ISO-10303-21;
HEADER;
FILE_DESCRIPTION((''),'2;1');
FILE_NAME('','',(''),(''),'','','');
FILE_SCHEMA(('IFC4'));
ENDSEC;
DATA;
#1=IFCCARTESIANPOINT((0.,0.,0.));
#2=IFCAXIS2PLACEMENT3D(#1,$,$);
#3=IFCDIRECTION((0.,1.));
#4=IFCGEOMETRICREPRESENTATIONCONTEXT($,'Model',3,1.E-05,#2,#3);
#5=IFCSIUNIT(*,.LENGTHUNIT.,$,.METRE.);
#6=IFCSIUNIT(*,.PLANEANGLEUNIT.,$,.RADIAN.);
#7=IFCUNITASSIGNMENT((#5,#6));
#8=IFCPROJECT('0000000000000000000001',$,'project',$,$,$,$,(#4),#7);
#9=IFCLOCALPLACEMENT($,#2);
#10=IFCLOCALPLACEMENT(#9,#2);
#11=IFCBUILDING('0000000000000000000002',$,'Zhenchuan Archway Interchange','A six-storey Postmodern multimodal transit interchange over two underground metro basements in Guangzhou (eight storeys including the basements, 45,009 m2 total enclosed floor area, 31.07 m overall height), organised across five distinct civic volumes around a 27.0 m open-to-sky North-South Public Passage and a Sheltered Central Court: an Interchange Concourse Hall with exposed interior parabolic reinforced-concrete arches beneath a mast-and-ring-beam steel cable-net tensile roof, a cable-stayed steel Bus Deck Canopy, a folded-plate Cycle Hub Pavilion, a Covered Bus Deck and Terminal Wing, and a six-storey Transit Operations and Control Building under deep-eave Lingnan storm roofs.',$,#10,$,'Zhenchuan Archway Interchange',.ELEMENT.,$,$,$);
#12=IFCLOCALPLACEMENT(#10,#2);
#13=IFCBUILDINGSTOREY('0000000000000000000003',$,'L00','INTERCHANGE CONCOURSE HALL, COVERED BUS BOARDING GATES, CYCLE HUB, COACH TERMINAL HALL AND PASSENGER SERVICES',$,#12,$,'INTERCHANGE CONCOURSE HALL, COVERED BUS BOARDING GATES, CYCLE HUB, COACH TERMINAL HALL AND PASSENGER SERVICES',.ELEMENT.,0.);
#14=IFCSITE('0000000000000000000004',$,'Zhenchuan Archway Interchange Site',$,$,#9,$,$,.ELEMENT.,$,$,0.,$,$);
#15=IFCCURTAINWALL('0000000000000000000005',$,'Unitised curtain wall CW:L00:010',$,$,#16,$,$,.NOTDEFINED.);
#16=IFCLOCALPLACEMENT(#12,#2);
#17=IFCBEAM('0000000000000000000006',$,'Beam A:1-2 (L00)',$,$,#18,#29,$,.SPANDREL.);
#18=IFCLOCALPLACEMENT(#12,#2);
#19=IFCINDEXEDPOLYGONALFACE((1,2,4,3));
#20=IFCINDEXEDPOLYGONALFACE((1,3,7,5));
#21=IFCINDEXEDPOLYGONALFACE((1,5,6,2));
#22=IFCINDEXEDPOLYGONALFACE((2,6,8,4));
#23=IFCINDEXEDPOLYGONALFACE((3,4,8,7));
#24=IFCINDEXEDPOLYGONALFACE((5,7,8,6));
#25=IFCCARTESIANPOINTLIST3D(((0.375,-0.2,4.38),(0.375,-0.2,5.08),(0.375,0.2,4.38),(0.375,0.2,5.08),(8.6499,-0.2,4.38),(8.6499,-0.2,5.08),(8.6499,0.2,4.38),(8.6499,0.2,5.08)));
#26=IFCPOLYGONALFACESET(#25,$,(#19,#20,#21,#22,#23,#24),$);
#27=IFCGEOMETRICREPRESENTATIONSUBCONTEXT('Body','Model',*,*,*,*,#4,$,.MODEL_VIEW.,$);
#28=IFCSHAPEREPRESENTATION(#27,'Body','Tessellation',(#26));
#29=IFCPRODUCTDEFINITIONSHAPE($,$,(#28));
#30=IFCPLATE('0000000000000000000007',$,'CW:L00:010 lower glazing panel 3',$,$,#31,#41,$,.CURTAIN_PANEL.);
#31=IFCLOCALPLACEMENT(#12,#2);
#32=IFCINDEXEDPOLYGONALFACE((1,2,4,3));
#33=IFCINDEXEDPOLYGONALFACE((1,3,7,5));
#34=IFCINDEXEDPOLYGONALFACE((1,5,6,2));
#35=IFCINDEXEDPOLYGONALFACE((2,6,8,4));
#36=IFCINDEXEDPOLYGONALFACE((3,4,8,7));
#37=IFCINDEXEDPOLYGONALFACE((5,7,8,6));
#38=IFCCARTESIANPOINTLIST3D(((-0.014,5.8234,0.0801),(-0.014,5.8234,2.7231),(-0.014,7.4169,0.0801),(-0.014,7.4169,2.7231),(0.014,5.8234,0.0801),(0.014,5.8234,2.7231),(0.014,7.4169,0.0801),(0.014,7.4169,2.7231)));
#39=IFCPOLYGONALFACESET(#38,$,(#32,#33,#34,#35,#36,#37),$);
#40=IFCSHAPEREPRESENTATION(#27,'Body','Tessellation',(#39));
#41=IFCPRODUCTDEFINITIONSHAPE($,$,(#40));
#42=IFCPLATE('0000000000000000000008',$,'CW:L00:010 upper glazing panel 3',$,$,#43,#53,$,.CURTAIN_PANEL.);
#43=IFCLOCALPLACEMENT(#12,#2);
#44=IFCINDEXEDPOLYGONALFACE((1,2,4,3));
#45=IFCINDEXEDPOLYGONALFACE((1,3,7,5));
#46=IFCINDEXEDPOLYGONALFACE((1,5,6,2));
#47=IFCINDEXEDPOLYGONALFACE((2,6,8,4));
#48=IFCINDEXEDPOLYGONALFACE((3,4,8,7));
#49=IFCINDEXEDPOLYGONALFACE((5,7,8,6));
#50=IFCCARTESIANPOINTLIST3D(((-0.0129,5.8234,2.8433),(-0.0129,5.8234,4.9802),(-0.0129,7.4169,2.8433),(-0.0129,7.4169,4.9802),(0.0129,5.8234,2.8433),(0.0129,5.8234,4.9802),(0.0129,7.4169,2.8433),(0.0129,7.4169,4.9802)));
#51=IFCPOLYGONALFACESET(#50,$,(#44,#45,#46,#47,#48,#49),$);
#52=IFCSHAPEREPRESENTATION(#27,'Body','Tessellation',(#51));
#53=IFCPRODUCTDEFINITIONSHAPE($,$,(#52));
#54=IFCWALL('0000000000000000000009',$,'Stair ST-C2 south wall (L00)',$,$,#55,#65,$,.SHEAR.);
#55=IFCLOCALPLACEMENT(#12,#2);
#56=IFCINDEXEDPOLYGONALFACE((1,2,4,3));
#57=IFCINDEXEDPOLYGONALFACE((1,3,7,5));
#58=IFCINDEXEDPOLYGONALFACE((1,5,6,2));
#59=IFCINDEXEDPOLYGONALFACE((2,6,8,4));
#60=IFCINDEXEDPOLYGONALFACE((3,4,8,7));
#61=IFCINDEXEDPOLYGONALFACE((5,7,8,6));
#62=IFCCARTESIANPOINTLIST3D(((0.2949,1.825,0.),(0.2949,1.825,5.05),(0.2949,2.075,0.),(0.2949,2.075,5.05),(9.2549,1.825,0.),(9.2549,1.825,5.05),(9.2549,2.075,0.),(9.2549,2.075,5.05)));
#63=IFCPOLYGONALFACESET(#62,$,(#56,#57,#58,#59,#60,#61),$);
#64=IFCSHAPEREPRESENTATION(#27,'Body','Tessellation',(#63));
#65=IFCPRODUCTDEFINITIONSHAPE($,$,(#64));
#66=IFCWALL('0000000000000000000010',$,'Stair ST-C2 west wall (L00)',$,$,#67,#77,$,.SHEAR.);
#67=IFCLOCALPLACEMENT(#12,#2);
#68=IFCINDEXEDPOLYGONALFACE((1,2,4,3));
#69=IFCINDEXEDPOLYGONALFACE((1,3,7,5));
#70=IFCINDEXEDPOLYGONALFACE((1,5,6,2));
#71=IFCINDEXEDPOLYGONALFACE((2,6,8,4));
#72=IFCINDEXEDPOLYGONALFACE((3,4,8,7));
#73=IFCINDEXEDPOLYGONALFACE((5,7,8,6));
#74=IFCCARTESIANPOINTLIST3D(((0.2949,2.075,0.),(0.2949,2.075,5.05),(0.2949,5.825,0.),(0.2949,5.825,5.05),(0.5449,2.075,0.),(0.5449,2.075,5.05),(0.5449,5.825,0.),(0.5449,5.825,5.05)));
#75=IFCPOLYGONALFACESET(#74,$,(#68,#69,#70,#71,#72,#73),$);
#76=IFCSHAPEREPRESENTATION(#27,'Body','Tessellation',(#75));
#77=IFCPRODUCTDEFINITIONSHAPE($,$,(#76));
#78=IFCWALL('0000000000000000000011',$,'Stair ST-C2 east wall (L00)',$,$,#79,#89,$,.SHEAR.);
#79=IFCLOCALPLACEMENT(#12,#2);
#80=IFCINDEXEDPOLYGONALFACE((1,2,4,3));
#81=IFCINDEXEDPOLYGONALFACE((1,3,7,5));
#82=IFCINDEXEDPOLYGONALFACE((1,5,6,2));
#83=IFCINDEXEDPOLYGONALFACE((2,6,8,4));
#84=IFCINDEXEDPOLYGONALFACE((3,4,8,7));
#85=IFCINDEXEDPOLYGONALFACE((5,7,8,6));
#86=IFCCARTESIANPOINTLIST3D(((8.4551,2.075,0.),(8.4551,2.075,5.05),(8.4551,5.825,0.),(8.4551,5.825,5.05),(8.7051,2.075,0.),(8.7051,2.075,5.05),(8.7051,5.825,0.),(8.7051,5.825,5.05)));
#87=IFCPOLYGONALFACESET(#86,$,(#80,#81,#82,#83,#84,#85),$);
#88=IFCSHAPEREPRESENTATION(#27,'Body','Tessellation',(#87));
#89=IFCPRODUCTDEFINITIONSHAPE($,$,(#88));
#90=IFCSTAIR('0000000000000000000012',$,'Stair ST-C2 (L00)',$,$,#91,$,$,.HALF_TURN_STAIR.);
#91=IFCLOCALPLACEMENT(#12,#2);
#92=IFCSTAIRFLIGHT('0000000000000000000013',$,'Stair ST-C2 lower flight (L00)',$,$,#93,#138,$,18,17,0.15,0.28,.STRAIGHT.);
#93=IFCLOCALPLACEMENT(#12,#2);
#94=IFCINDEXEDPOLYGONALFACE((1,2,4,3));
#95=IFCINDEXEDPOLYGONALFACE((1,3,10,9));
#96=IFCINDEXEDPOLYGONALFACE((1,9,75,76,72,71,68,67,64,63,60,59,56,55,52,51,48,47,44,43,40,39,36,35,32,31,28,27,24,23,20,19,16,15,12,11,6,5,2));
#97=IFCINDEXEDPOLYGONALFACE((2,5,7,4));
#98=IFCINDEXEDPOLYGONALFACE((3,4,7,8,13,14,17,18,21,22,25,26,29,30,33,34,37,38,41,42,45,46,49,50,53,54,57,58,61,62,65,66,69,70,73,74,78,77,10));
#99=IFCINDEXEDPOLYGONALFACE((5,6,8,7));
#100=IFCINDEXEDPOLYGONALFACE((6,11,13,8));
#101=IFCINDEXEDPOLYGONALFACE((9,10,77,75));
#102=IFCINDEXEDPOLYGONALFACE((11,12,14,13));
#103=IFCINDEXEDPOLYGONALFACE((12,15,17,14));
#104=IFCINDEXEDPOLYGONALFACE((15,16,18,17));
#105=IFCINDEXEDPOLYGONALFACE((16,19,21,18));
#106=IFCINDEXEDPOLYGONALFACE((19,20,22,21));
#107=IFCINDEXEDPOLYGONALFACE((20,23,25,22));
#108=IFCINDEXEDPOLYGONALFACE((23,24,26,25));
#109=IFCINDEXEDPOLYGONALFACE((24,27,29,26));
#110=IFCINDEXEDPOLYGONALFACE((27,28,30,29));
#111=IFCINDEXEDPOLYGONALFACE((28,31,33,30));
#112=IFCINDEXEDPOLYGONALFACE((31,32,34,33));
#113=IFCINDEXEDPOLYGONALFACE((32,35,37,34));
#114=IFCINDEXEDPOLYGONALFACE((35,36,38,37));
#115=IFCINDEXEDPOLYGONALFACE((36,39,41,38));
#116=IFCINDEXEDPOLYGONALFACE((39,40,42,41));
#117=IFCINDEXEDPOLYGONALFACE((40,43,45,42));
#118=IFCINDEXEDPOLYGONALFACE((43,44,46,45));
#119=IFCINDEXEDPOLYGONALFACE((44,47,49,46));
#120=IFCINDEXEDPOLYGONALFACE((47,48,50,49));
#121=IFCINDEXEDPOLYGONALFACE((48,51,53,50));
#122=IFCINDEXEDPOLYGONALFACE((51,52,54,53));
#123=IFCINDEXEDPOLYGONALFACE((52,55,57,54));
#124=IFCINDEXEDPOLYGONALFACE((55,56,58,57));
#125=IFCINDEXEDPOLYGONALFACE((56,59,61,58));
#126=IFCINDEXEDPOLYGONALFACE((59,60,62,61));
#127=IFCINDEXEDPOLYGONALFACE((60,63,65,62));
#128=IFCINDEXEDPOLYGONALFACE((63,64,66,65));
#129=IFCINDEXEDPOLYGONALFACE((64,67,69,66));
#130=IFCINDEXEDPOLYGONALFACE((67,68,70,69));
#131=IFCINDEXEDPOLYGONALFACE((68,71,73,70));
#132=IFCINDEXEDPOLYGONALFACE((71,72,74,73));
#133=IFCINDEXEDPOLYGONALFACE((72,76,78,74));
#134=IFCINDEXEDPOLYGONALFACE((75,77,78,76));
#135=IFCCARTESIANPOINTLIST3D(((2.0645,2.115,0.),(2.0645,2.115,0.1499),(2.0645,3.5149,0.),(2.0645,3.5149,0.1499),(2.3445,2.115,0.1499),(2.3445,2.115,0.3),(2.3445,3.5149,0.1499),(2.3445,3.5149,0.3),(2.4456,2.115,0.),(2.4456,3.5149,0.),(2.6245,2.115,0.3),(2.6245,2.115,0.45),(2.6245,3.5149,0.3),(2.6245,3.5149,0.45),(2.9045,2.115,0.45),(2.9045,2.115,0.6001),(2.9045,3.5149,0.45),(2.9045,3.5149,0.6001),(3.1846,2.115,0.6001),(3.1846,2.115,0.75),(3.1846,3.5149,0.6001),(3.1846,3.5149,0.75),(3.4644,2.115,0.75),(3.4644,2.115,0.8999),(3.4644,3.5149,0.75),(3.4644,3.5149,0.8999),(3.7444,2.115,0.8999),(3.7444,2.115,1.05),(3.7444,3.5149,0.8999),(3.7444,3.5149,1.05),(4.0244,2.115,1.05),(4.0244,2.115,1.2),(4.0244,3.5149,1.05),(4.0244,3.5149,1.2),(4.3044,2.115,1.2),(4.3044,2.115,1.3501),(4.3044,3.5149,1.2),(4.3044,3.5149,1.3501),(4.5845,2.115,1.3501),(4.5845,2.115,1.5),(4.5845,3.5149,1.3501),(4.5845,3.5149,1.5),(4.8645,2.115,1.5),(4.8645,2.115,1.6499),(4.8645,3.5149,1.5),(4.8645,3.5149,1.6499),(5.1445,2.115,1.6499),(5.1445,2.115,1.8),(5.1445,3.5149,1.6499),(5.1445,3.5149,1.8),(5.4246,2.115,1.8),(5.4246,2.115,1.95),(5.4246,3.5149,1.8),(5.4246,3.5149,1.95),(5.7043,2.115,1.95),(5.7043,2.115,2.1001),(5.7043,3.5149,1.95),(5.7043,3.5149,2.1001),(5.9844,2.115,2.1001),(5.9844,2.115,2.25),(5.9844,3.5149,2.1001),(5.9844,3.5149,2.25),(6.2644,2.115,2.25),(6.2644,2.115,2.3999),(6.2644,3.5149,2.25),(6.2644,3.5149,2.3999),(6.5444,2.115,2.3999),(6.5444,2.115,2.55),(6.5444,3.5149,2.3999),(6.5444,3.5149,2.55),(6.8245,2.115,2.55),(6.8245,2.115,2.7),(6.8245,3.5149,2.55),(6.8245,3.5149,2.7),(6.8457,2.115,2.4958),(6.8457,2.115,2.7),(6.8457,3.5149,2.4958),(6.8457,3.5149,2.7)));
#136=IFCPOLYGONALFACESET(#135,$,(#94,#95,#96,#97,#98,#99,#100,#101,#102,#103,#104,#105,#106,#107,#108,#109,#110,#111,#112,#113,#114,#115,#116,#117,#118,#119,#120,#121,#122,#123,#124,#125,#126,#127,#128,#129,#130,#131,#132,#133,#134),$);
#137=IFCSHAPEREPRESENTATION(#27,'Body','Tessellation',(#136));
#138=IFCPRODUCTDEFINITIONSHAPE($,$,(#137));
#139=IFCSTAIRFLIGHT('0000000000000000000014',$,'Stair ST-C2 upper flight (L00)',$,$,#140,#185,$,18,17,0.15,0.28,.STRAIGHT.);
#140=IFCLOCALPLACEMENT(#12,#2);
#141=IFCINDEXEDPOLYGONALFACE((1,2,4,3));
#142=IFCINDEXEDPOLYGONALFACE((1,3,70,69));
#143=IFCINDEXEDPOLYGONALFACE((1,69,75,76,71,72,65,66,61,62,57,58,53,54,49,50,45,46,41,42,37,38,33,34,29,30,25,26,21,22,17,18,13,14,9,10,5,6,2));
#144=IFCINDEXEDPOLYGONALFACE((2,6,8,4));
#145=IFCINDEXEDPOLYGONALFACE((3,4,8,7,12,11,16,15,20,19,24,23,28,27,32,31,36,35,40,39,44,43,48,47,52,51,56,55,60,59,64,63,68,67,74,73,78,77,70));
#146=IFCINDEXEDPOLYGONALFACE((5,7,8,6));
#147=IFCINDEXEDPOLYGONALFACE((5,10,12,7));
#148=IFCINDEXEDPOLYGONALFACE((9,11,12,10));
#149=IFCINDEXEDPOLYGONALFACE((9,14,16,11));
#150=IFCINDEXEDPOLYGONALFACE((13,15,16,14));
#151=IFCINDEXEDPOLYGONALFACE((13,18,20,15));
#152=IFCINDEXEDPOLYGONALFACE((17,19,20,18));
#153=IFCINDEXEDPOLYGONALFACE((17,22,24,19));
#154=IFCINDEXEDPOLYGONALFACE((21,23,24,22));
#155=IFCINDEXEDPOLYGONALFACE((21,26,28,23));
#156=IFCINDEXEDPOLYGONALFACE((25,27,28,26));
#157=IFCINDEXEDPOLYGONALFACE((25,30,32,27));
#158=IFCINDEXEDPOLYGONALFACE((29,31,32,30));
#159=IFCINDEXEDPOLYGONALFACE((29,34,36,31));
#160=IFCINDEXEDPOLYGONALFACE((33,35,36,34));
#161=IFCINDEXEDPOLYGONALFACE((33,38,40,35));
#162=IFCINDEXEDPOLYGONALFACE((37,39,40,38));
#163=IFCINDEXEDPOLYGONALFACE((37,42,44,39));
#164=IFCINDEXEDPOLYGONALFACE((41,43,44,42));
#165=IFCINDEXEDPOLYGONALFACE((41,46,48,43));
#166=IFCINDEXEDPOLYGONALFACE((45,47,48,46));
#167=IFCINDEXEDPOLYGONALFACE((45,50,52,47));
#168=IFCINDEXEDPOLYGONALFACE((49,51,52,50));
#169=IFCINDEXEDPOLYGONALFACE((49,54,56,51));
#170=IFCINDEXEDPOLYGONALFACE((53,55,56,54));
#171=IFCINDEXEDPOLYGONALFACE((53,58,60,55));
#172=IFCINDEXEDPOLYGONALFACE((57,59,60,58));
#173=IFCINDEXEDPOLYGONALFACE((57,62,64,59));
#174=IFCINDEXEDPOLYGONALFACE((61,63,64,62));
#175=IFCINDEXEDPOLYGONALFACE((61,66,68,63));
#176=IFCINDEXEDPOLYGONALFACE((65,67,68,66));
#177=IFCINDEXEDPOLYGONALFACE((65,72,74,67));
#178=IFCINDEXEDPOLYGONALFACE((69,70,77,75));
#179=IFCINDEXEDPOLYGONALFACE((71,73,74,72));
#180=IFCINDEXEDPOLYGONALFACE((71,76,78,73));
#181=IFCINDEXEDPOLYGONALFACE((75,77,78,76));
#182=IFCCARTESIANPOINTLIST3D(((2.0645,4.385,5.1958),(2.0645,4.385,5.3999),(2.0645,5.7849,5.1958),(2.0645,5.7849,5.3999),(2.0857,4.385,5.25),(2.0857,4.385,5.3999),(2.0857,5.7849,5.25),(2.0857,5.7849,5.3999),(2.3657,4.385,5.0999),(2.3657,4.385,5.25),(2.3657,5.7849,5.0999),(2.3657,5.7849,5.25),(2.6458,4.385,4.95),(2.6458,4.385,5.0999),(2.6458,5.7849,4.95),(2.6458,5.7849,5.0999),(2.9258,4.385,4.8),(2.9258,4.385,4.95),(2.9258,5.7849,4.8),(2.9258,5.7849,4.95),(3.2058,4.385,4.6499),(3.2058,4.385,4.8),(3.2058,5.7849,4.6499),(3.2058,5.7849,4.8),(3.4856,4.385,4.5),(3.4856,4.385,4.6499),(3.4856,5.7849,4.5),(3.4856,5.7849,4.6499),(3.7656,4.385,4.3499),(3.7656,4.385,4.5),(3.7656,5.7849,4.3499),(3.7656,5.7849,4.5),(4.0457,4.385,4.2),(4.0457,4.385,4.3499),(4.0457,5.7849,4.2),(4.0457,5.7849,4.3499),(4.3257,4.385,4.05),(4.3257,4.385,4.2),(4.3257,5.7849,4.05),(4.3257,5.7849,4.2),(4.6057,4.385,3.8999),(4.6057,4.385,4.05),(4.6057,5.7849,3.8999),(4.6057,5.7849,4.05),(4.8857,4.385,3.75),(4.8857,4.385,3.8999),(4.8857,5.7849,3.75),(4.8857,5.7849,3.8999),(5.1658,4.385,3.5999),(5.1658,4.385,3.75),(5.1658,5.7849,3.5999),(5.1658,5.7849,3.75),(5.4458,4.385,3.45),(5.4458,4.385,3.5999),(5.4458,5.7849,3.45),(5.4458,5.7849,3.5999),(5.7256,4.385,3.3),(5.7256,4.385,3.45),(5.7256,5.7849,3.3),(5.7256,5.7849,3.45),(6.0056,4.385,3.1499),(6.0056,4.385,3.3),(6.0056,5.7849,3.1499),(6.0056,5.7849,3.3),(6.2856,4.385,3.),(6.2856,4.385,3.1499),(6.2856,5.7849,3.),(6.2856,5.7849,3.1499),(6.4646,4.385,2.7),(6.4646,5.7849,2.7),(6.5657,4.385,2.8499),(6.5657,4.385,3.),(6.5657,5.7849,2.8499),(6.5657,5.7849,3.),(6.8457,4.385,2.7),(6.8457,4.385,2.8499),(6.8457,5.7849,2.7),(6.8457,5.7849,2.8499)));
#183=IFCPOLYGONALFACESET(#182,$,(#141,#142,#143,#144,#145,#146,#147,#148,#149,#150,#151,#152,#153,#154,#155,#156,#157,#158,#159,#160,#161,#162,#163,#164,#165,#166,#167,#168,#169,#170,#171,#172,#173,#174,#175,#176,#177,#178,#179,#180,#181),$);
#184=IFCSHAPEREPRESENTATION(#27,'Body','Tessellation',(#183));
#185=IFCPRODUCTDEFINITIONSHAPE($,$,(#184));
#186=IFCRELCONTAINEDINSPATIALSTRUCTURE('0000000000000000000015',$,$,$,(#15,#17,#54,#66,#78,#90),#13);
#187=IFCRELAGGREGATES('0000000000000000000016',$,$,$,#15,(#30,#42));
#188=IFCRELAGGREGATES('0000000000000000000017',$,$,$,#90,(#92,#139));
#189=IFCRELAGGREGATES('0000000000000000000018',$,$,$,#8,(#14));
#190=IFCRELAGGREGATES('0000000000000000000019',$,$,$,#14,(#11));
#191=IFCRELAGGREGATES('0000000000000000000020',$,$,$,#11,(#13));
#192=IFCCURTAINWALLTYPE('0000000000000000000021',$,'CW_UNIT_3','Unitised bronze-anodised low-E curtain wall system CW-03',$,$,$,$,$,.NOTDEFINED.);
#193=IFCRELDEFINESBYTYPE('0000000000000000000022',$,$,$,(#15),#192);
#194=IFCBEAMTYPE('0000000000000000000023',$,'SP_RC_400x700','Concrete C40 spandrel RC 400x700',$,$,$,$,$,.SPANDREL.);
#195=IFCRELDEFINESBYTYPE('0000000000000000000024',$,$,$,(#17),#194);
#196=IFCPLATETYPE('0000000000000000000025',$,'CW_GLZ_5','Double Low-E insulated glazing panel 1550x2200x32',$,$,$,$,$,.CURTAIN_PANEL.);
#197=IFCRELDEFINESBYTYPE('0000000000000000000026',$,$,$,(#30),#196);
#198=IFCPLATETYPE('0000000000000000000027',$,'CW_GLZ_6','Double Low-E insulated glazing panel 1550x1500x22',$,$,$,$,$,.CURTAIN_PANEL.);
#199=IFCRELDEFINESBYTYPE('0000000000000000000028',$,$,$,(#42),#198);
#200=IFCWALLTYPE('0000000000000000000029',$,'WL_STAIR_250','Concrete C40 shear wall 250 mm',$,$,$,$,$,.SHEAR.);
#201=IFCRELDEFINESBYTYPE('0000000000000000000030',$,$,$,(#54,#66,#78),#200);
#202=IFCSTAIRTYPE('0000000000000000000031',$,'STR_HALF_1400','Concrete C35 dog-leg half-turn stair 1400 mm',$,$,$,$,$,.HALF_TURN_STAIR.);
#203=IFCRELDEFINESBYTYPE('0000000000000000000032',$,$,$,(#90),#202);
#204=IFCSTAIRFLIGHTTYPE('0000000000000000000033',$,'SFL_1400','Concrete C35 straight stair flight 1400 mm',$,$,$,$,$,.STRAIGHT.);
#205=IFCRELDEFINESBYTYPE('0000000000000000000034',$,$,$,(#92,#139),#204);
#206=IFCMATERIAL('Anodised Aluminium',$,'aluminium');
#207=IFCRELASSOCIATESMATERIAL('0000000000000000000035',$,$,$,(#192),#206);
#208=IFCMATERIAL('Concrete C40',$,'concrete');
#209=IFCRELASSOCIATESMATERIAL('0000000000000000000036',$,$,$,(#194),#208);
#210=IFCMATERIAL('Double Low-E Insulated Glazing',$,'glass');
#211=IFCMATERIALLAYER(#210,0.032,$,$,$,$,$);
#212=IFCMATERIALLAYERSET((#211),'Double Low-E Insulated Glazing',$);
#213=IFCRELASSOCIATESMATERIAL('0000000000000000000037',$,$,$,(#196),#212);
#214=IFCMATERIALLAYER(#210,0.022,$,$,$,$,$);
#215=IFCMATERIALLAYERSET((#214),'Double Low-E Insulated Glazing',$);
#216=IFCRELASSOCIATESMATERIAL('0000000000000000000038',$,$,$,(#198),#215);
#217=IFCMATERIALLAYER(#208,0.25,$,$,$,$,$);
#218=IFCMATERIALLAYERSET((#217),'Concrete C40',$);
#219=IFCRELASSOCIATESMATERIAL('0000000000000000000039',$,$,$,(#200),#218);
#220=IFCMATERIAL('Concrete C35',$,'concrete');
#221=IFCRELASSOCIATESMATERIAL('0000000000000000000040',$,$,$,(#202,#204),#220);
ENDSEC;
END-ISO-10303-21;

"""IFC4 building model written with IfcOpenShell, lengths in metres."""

from ifc_helpers import new_model, si_unit, direction, frame, frame_2d, origin, origin_2d, place, context, subcontext, project, spatial, polyline, rectangle, outline, extrude, material, layer, layer_set, material_profile, profile_set, type_object, element, aggregate, save


model = new_model("IFC4")

# Units and contexts
model_context = context("Model", 3, precision=1e-05, world=origin(), true_north=direction((0.0, 1.0)))
body_context = subcontext(model_context, "Body", "Model", "MODEL_VIEW")
ifc_project = project(units=[si_unit("LENGTHUNIT", "METRE"), si_unit("PLANEANGLEUNIT", "RADIAN")], contexts=[model_context])

# Site, building, storey
site_placement = place(None, origin())
site = spatial("IfcSite", under=ifc_project, at=site_placement, Name="Zhenchuan Archway Interchange Site", CompositionType="ELEMENT", RefElevation=0.0)
building_placement = place(site_placement, origin())
building = spatial("IfcBuilding", under=site, at=building_placement, Name="Zhenchuan Archway Interchange", Description="A six-storey Postmodern multimodal transit interchange over two underground metro basements in Guangzhou (eight storeys including the basements, 45,009 m2 total enclosed floor area, 31.07 m overall height), organised across five distinct civic volumes around a 27.0 m open-to-sky North-South Public Passage and a Sheltered Central Court: an Interchange Concourse Hall with exposed interior parabolic reinforced-concrete arches beneath a mast-and-ring-beam steel cable-net tensile roof, a cable-stayed steel Bus Deck Canopy, a folded-plate Cycle Hub Pavilion, a Covered Bus Deck and Terminal Wing, and a six-storey Transit Operations and Control Building under deep-eave Lingnan storm roofs.", LongName="Zhenchuan Archway Interchange", CompositionType="ELEMENT")
storey_placement = place(building_placement, origin())
storey = spatial("IfcBuildingStorey", under=building, at=storey_placement, Name="L00", Description="INTERCHANGE CONCOURSE HALL, COVERED BUS BOARDING GATES, CYCLE HUB, COACH TERMINAL HALL AND PASSENGER SERVICES", LongName="INTERCHANGE CONCOURSE HALL, COVERED BUS BOARDING GATES, CYCLE HUB, COACH TERMINAL HALL AND PASSENGER SERVICES", CompositionType="ELEMENT", Elevation=0.0)

# Shared definitions
ifc_material_1 = material(Name="Concrete C40", Category="concrete")

# Curtain wall
ifc_material_2 = material(Name="Anodised Aluminium", Category="aluminium")
curtain_wall_type = type_object("IfcCurtainWallType", Name="CW_UNIT_3", Description="Unitised bronze-anodised low-E curtain wall system CW-03", PredefinedType="NOTDEFINED", material=ifc_material_2)
curtain_wall_placement = place(storey_placement, origin())
curtain_wall = element("IfcCurtainWall", 1, at=curtain_wall_placement, inside=storey, type_object=curtain_wall_type, Name="Unitised curtain wall CW:L00:010", PredefinedType="NOTDEFINED")

# Beam
ifc_material_profile_1 = material_profile(ifc_material_1, rectangle(XDim=0.3999, YDim=0.7, at=origin_2d()), Name="RC 400x700")
ifc_profile_set_1 = profile_set([ifc_material_profile_1], Name="Concrete C40")
beam_type_1 = type_object("IfcBeamType", Name="SP_RC_400x700", Description="Concrete C40 spandrel RC 400x700", PredefinedType="SPANDREL", material=ifc_profile_set_1)
beam_1_placement = place(storey_placement, frame((0.375, 0.0, 4.73), z_axis=(1.0, 0.0, 0.0), x_axis=(0.0, 1.0, 0.0)))
element("IfcBeam", 2, at=beam_1_placement, inside=storey, type_object=beam_type_1, Name="Beam A:1-2 (L00)", PredefinedType="SPANDREL", context=body_context, shape_type="SweptSolid", body=[
    extrude(rectangle(XDim=0.3999, YDim=0.7, at=origin_2d()), origin(), (0.0, 0.0, 1.0), 8.2749),
])

# Plates
ifc_material_3 = material(Name="Double Low-E Insulated Glazing", Category="glass")
ifc_layer_1 = layer(ifc_material_3, 0.032)
ifc_layer_set_1 = layer_set([ifc_layer_1], Name="Double Low-E Insulated Glazing")
plate_type_1 = type_object("IfcPlateType", Name="CW_GLZ_5", Description="Double Low-E insulated glazing panel 1550x2200x32", PredefinedType="CURTAIN_PANEL", material=ifc_layer_set_1)
plate_1_placement = place(storey_placement, frame((0.0, 6.6201, 0.0801), z_axis=(0.0, 0.0, 1.0), x_axis=(0.0, 1.0, 0.0)))
plate_1 = element("IfcPlate", 3, at=plate_1_placement, type_object=plate_type_1, Name="CW:L00:010 lower glazing panel 3", PredefinedType="CURTAIN_PANEL", context=body_context, shape_type="SweptSolid", body=[
    extrude(rectangle(XDim=1.5935, YDim=0.0281, at=origin_2d()), origin(), (0.0, 0.0, 1.0), 2.6431),
])
ifc_layer_2 = layer(ifc_material_3, 0.022)
ifc_layer_set_2 = layer_set([ifc_layer_2], Name="Double Low-E Insulated Glazing")
plate_type_2 = type_object("IfcPlateType", Name="CW_GLZ_6", Description="Double Low-E insulated glazing panel 1550x1500x22", PredefinedType="CURTAIN_PANEL", material=ifc_layer_set_2)
plate_2_placement = place(storey_placement, frame((0.0, 6.6201, 2.8433), z_axis=(0.0, 0.0, 1.0), x_axis=(0.0, 1.0, 0.0)))
plate_2 = element("IfcPlate", 4, at=plate_2_placement, type_object=plate_type_2, Name="CW:L00:010 upper glazing panel 3", PredefinedType="CURTAIN_PANEL", context=body_context, shape_type="SweptSolid", body=[
    extrude(rectangle(XDim=1.5935, YDim=0.0259, at=origin_2d()), origin(), (0.0, 0.0, 1.0), 2.137),
])
aggregate(curtain_wall, [plate_1, plate_2])

# Walls
ifc_layer_3 = layer(ifc_material_1, 0.25)
ifc_layer_set_3 = layer_set([ifc_layer_3], Name="Concrete C40")
wall_type = type_object("IfcWallType", Name="WL_STAIR_250", Description="Concrete C40 shear wall 250 mm", PredefinedType="SHEAR", material=ifc_layer_set_3)
wall_placement = place(storey_placement, frame((0.2949, 1.95, 0.0), z_axis=(0.0, 0.0, 1.0), x_axis=(1.0, 0.0, 0.0)))
element("IfcWall", 5, at=wall_placement, inside=storey, type_object=wall_type, Name="Stair ST-C2 south wall (L00)", PredefinedType="SHEAR", context=body_context, shape_type="SweptSolid", body=[
    extrude(rectangle(XDim=8.96, YDim=0.25, at=frame_2d((4.48, 0.0))), origin(), (0.0, 0.0, 1.0), 5.05),
])
for number, where, z_axis, x_axis, name in (
    (6, (0.4199, 5.825, 0.0), (0.0, 0.0, 1.0), (0.0, -1.0, 0.0), "Stair ST-C2 west wall (L00)"),
    (7, (8.5801, 2.075, 0.0), (0.0, 0.0, 1.0), (0.0, 1.0, 0.0), "Stair ST-C2 east wall (L00)"),
):
    element("IfcWall", number, at=place(storey_placement, frame(where, z_axis=z_axis, x_axis=x_axis)), inside=storey, type_object=wall_type, Name=name, PredefinedType="SHEAR", context=body_context, shape_type="SweptSolid", body=[
        extrude(rectangle(XDim=3.75, YDim=0.25, at=frame_2d((1.875, 0.0))), origin(), (0.0, 0.0, 1.0), 5.05),
    ])

# Stair, stair flights
ifc_material_4 = material(Name="Concrete C35", Category="concrete")
stair_type = type_object("IfcStairType", Name="STR_HALF_1400", Description="Concrete C35 dog-leg half-turn stair 1400 mm", PredefinedType="HALF_TURN_STAIR", material=ifc_material_4)
stair_placement = place(storey_placement, origin())
stair = element("IfcStair", 8, at=stair_placement, inside=storey, type_object=stair_type, Name="Stair ST-C2 (L00)", PredefinedType="HALF_TURN_STAIR")
stair_flight_type = type_object("IfcStairFlightType", Name="SFL_1400", Description="Concrete C35 straight stair flight 1400 mm", PredefinedType="STRAIGHT", material=ifc_material_4)
stair_flight_1_placement = place(storey_placement, frame((2.0645, 2.8149, 0.0), z_axis=(0.0, 0.0, 1.0), x_axis=(1.0, 0.0, 0.0)))
stair_flight_1 = element("IfcStairFlight", 9, at=stair_flight_1_placement, type_object=stair_flight_type, Name="Stair ST-C2 lower flight (L00)", NumberOfRisers=18, NumberOfTreads=17, PredefinedType="STRAIGHT", RiserHeight=0.15, TreadLength=0.28, context=body_context, shape_type="SweptSolid", body=[
    extrude(outline(polyline([(0.0, 0.0), (0.0, 0.1499), (0.28, 0.1499), (0.28, 0.3), (0.5601, 0.3), (0.5601, 0.45), (0.8401, 0.45), (0.8401, 0.6001), (1.1201, 0.6001), (1.1201, 0.75), (1.3999, 0.75), (1.3999, 0.8999), (1.6799, 0.8999), (1.6799, 1.05), (1.96, 1.05), (1.96, 1.2), (2.24, 1.2), (2.24, 1.3501), (2.52, 1.3501), (2.52, 1.5), (2.8, 1.5), (2.8, 1.6499), (3.0801, 1.6499), (3.0801, 1.8), (3.3601, 1.8), (3.3601, 1.95), (3.6399, 1.95), (3.6399, 2.1001), (3.9199, 2.1001), (3.9199, 2.25), (4.2, 2.25), (4.2, 2.3999), (4.48, 2.3999), (4.48, 2.55), (4.76, 2.55), (4.76, 2.7), (4.7812, 2.7), (4.7812, 2.4958), (0.3811, 0.0), (0.0, 0.0)])), frame((0.0, 0.7, 0.0), z_axis=(0.0, -1.0, 0.0), x_axis=(1.0, 0.0, 0.0)), (0.0, 0.0, 1.0), 1.3999),
])
stair_flight_2_placement = place(storey_placement, frame((6.8457, 5.085, 2.7), z_axis=(0.0, 0.0, 1.0), x_axis=(-1.0, 0.0, 0.0)))
stair_flight_2 = element("IfcStairFlight", 10, at=stair_flight_2_placement, type_object=stair_flight_type, Name="Stair ST-C2 upper flight (L00)", NumberOfRisers=18, NumberOfTreads=17, PredefinedType="STRAIGHT", RiserHeight=0.15, TreadLength=0.28, context=body_context, shape_type="SweptSolid", body=[
    extrude(outline(polyline([(0.0, 0.0), (0.0, 0.1499), (0.28, 0.1499), (0.28, 0.3), (0.5601, 0.3), (0.5601, 0.45), (0.8401, 0.45), (0.8401, 0.6001), (1.1201, 0.6001), (1.1201, 0.75), (1.3999, 0.75), (1.3999, 0.8999), (1.6799, 0.8999), (1.6799, 1.05), (1.96, 1.05), (1.96, 1.2), (2.24, 1.2), (2.24, 1.3501), (2.52, 1.3501), (2.52, 1.5), (2.8, 1.5), (2.8, 1.6499), (3.0801, 1.6499), (3.0801, 1.8), (3.3601, 1.8), (3.3601, 1.95), (3.6399, 1.95), (3.6399, 2.1001), (3.9199, 2.1001), (3.9199, 2.25), (4.2, 2.25), (4.2, 2.3999), (4.48, 2.3999), (4.48, 2.55), (4.76, 2.55), (4.76, 2.7), (4.7812, 2.7), (4.7812, 2.4958), (0.3811, 0.0), (0.0, 0.0)])), frame((0.0, 0.7, 0.0), z_axis=(0.0, -1.0, 0.0), x_axis=(1.0, 0.0, 0.0)), (0.0, 0.0, 1.0), 1.3999),
])
aggregate(stair, [stair_flight_1, stair_flight_2])

save(model, "model.ifc")
